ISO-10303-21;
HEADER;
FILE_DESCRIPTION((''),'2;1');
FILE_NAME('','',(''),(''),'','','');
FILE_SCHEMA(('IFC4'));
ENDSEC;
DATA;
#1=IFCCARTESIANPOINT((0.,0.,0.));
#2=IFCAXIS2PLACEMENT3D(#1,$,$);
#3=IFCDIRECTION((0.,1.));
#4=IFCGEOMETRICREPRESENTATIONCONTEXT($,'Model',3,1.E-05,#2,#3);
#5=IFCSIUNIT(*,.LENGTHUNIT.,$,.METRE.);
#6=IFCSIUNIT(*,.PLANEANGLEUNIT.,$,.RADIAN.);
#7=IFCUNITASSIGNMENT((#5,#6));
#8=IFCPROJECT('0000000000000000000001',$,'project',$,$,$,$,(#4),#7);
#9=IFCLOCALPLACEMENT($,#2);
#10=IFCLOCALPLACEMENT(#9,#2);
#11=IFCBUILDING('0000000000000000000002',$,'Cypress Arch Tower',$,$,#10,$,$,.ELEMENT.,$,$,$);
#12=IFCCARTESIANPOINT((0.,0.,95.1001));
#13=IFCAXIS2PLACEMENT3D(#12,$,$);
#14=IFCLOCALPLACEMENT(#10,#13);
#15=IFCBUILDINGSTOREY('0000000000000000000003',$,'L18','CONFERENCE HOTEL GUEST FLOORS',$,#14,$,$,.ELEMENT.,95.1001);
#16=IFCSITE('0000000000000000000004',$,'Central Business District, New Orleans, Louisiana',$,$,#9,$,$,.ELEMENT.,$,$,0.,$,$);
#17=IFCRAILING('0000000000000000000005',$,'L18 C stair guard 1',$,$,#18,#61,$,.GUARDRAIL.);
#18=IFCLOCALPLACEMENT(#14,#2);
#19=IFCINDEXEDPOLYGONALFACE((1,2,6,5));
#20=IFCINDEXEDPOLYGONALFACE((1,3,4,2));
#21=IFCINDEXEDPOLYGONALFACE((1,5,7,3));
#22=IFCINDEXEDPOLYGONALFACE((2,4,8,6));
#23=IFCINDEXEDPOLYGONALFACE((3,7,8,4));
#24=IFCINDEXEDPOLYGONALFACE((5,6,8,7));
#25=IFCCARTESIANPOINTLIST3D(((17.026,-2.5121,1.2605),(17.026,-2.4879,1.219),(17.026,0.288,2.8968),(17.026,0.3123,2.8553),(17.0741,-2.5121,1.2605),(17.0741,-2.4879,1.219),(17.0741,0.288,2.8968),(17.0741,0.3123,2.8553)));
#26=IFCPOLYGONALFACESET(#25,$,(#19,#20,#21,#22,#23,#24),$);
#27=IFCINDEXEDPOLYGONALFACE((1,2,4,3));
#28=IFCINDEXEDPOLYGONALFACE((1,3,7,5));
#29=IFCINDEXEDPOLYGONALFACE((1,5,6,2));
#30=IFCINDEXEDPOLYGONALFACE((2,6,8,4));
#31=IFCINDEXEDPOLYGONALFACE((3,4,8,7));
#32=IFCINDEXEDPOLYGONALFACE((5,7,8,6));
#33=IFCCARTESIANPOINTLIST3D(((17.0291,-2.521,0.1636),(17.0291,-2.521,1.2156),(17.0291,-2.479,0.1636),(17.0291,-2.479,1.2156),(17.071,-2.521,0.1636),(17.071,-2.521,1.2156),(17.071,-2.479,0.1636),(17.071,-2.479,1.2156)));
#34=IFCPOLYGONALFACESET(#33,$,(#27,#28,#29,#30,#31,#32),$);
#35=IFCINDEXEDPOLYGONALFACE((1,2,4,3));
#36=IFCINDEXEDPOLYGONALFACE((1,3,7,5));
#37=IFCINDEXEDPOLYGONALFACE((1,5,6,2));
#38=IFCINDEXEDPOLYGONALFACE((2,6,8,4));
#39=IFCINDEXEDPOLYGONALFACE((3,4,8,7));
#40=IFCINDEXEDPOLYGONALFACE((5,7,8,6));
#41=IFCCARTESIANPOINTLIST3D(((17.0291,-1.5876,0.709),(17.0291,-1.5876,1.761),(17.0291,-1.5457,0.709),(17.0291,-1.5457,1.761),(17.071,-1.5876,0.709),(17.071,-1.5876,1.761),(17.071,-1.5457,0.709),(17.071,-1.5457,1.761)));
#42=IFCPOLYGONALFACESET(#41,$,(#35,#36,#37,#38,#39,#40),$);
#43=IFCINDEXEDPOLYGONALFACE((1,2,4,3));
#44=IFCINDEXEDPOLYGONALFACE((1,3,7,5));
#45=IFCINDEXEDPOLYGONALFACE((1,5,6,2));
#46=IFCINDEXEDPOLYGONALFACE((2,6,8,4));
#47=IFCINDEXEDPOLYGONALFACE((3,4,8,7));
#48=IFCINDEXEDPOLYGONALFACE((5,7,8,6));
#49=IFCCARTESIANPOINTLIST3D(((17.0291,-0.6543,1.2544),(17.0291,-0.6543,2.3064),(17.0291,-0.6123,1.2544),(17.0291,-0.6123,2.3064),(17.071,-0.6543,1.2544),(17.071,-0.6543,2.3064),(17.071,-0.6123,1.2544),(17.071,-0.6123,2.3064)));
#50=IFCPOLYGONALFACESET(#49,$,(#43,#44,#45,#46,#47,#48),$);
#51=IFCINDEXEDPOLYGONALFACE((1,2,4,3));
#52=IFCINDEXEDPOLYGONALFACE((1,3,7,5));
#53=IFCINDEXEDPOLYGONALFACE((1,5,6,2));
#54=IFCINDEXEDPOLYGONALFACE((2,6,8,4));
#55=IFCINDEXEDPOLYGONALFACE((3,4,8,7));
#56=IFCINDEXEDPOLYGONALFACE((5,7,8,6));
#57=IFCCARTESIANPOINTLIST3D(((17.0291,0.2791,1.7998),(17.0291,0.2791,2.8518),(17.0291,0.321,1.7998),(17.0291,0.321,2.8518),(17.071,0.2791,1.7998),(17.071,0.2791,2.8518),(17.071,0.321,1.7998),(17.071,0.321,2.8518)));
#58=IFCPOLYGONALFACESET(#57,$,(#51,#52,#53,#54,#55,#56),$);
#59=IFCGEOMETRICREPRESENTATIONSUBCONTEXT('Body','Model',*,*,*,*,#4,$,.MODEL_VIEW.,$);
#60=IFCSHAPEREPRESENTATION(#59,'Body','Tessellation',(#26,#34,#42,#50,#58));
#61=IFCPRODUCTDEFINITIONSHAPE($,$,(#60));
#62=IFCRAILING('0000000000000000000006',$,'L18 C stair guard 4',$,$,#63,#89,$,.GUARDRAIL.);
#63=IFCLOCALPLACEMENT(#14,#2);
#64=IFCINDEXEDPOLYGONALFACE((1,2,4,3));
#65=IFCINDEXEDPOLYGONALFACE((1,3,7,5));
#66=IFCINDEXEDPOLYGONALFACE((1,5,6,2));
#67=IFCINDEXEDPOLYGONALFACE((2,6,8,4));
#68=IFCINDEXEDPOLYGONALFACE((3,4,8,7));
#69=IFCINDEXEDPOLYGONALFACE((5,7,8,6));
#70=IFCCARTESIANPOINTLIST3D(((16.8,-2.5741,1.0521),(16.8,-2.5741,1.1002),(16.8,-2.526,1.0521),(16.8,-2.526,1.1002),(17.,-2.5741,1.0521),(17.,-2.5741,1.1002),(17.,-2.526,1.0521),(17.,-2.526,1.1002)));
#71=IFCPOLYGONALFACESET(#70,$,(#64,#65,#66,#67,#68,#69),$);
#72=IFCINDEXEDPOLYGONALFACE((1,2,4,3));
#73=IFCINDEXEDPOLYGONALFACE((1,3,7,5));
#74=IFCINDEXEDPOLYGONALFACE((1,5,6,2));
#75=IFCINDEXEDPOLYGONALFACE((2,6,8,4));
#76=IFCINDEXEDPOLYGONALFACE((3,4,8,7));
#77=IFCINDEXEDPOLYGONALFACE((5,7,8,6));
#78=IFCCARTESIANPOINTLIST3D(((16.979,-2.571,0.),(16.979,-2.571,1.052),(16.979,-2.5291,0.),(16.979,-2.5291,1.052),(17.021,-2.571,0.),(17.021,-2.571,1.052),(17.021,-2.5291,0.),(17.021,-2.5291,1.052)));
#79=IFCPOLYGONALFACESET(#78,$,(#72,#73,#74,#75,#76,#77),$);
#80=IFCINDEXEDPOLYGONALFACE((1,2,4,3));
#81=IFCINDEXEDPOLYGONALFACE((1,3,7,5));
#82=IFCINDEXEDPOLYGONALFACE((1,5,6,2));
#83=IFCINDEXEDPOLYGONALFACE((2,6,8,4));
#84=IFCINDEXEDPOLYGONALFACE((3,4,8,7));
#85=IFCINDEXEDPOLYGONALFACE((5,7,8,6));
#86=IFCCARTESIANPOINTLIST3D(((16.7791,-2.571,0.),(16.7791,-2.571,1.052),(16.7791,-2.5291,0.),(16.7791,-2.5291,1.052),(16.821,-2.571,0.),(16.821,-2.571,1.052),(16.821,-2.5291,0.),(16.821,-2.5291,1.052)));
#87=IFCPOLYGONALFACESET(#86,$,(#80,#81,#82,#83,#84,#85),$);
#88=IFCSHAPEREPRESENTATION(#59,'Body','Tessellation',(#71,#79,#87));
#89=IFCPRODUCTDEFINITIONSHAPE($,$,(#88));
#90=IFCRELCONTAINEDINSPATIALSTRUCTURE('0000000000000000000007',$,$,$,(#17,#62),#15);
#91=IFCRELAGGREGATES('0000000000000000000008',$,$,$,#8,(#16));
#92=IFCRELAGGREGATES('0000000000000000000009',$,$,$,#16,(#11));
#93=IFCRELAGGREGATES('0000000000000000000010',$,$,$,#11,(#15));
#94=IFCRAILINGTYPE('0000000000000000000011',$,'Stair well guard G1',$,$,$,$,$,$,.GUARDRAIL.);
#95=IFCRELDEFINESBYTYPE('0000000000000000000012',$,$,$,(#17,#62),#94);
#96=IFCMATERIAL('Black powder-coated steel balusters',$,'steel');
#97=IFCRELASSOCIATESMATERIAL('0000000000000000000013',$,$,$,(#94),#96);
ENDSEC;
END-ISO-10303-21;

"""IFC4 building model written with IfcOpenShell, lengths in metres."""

from ifc_helpers import new_model, si_unit, direction, frame, origin, origin_2d, place, context, subcontext, project, spatial, rectangle, extrude, material, type_object, element, save


model = new_model("IFC4")

# Units and contexts
model_context = context("Model", 3, precision=1e-05, world=origin(), true_north=direction((0.0, 1.0)))
body_context = subcontext(model_context, "Body", "Model", "MODEL_VIEW")
ifc_project = project(units=[si_unit("LENGTHUNIT", "METRE"), si_unit("PLANEANGLEUNIT", "RADIAN")], contexts=[model_context])

# Site, building, storey
site_placement = place(None, origin())
site = spatial("IfcSite", under=ifc_project, at=site_placement, Name="Central Business District, New Orleans, Louisiana", CompositionType="ELEMENT", RefElevation=0.0)
building_placement = place(site_placement, origin())
building = spatial("IfcBuilding", under=site, at=building_placement, Name="Cypress Arch Tower", CompositionType="ELEMENT")
storey_placement = place(building_placement, frame((0.0, 0.0, 95.1001)))
storey = spatial("IfcBuildingStorey", under=building, at=storey_placement, Name="L18", Description="CONFERENCE HOTEL GUEST FLOORS", CompositionType="ELEMENT", Elevation=95.1001)

# Railings
ifc_material_1 = material(Name="Black powder-coated steel balusters", Category="steel")
railing_type_1 = type_object("IfcRailingType", Name="Stair well guard G1", PredefinedType="GUARDRAIL", material=ifc_material_1)
railing_1_placement = place(storey_placement, frame((17.05, -2.5, 0.1636)))
element("IfcRailing", 1, at=railing_1_placement, inside=storey, type_object=railing_type_1, Name="L18 C stair guard 1", PredefinedType="GUARDRAIL", context=body_context, shape_type="SweptSolid", body=[
    extrude(rectangle(XDim=0.0481, YDim=0.0481, at=origin_2d()), frame((0.0, 0.0, 1.0762), z_axis=(0.0, 0.863394, 0.504531), x_axis=(-1.0, 0.0, 0.0)), (0.0, 0.0, 1.0), 3.2432),
    extrude(rectangle(XDim=0.042, YDim=0.042, at=origin_2d()), origin(), (0.0, 0.0, 1.0), 1.052),
    extrude(rectangle(XDim=0.042, YDim=0.042, at=origin_2d()), frame((0.0, 0.9333, 0.5454)), (0.0, 0.0, 1.0), 1.052),
    extrude(rectangle(XDim=0.042, YDim=0.042, at=origin_2d()), frame((0.0, 1.8667, 1.0908)), (0.0, 0.0, 1.0), 1.052),
    extrude(rectangle(XDim=0.042, YDim=0.042, at=origin_2d()), frame((0.0, 2.8, 1.6362)), (0.0, 0.0, 1.0), 1.052),
])
railing_2_placement = place(storey_placement, frame((17.0, -2.55, 0.0)))
element("IfcRailing", 2, at=railing_2_placement, inside=storey, type_object=railing_type_1, Name="L18 C stair guard 4", PredefinedType="GUARDRAIL", context=body_context, shape_type="SweptSolid", body=[
    extrude(rectangle(XDim=0.0481, YDim=0.0481, at=origin_2d()), frame((0.0, 0.0, 1.0762), z_axis=(-1.0, 0.0, 0.0), x_axis=(0.0, -1.0, 0.0)), (0.0, 0.0, 1.0), 0.2),
    extrude(rectangle(XDim=0.042, YDim=0.042, at=origin_2d()), origin(), (0.0, 0.0, 1.0), 1.052),
    extrude(rectangle(XDim=0.042, YDim=0.042, at=origin_2d()), frame((-0.2, 0.0, 0.0)), (0.0, 0.0, 1.0), 1.052),
])

save(model, "model.ifc")
